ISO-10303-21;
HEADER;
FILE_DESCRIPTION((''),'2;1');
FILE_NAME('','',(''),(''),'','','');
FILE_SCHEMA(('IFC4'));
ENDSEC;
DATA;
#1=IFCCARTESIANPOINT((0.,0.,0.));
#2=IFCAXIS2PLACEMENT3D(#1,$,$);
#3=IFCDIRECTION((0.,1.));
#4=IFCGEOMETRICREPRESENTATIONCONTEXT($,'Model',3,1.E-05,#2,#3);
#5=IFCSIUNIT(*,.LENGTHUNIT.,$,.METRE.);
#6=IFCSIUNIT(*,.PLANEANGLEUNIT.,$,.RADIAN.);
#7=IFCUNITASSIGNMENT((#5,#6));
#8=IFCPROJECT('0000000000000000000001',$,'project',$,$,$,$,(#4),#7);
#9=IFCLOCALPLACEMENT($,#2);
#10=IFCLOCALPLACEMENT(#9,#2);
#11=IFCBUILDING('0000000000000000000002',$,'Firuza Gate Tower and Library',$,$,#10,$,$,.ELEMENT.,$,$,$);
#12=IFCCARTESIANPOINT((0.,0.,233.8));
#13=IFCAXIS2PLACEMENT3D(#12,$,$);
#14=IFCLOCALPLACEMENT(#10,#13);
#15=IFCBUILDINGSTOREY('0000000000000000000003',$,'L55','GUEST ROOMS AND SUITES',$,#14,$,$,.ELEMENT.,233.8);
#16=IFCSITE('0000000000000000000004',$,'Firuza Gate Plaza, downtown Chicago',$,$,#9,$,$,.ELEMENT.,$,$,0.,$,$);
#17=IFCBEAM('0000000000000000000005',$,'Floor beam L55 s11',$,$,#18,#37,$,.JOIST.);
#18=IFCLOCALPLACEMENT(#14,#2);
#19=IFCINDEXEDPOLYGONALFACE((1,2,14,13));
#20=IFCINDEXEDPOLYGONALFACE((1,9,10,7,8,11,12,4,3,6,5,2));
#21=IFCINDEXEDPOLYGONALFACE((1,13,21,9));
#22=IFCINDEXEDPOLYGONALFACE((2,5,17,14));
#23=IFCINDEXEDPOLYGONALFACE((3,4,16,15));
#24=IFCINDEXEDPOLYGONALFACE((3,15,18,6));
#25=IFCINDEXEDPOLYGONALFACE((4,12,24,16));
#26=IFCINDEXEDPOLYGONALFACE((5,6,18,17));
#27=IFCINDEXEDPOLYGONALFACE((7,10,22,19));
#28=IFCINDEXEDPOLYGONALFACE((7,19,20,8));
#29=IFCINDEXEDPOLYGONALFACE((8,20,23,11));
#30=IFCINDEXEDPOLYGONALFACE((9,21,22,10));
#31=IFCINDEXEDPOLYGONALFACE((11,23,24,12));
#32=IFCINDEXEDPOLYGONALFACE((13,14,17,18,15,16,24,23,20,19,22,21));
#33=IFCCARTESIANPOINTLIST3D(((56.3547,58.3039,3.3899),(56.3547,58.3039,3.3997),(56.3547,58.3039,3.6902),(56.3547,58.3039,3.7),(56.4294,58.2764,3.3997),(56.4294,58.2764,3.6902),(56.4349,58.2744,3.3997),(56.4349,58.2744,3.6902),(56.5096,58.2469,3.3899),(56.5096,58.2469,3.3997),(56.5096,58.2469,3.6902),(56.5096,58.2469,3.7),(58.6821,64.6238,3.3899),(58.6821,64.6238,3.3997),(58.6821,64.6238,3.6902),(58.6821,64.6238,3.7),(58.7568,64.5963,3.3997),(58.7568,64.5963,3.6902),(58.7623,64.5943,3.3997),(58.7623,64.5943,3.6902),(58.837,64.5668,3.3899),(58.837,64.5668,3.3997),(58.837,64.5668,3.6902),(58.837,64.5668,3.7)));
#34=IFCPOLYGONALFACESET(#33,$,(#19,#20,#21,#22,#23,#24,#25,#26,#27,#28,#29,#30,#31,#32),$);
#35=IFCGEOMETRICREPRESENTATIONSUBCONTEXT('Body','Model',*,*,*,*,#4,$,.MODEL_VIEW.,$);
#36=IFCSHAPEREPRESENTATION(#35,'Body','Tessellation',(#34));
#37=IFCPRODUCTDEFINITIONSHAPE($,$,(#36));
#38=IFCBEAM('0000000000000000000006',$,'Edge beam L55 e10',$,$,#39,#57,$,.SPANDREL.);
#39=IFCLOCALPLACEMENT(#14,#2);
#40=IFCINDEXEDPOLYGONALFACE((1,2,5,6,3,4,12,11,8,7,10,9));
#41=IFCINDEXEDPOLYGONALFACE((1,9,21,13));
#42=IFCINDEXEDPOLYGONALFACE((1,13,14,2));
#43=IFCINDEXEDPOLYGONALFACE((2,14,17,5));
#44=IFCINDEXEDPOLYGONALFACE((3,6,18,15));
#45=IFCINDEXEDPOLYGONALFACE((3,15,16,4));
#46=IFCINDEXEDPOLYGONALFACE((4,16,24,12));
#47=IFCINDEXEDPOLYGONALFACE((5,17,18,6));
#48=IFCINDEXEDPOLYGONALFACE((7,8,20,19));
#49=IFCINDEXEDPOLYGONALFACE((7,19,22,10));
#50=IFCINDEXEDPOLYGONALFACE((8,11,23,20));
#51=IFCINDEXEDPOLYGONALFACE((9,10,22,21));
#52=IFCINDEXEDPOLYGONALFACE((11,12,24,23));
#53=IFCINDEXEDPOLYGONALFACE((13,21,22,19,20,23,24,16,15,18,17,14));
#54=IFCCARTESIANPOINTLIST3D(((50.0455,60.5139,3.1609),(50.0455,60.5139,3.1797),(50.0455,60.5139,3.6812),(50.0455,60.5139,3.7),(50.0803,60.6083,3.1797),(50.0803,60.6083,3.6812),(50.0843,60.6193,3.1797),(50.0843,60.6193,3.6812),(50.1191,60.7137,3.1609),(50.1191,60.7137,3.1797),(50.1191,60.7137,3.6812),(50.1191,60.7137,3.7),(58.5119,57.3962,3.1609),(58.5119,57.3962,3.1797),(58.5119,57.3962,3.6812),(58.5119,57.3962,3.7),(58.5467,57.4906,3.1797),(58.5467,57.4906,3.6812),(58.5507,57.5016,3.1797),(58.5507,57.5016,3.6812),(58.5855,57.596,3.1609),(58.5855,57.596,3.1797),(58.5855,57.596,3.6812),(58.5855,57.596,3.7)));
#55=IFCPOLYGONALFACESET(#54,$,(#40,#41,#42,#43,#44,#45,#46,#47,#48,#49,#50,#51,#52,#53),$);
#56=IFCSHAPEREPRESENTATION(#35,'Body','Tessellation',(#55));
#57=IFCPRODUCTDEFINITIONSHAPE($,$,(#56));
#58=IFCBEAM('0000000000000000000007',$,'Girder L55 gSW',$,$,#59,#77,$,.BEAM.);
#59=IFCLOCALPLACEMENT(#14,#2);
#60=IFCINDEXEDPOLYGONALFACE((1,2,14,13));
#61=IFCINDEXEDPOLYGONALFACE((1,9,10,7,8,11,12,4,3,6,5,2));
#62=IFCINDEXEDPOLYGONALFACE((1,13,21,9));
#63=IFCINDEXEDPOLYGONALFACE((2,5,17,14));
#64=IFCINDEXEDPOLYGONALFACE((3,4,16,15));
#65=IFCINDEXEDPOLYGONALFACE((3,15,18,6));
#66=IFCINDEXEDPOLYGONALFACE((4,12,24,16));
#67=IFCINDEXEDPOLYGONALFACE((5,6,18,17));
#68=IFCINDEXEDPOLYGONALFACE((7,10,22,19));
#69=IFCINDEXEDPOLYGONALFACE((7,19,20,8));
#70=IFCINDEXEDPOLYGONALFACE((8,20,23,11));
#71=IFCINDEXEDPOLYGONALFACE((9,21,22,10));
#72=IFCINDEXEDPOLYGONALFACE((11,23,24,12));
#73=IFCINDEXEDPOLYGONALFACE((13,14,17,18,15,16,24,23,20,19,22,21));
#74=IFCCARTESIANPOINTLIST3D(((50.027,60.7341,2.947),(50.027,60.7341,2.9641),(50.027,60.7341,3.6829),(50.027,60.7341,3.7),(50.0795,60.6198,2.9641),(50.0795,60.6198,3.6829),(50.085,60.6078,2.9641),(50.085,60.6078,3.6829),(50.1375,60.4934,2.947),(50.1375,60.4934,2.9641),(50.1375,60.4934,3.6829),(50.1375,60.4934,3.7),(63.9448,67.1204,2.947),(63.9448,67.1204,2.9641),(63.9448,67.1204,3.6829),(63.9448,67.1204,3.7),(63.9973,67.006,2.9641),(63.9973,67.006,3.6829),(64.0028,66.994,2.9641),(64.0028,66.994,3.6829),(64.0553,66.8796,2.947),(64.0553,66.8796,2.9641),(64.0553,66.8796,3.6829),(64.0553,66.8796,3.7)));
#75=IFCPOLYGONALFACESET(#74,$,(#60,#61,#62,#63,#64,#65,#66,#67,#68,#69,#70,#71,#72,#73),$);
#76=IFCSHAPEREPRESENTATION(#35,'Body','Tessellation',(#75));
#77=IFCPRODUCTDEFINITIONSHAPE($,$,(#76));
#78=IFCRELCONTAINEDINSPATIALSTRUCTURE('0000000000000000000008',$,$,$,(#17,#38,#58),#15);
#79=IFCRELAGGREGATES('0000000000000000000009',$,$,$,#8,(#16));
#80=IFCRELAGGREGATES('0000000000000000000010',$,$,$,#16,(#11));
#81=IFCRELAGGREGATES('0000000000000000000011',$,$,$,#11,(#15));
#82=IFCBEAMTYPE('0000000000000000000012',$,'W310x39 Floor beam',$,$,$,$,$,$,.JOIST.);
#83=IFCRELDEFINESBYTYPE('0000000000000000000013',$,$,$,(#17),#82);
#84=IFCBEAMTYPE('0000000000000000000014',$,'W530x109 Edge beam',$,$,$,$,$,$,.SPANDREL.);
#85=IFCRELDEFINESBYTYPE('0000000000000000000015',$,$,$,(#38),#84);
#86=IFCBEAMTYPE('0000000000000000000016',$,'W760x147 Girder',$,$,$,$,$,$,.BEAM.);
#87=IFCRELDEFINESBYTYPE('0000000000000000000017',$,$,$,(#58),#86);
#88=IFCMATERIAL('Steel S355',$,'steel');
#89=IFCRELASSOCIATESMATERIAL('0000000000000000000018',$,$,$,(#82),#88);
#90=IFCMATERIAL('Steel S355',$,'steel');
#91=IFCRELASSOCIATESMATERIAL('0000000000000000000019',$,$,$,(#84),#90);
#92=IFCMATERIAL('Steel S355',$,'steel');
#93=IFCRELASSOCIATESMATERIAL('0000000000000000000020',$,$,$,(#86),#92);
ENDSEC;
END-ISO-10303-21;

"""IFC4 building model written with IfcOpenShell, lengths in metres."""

from ifc_helpers import new_model, si_unit, direction, frame, origin, origin_2d, place, context, subcontext, project, spatial, i_section, extrude, material, material_profile, profile_set, type_object, element, save


model = new_model("IFC4")

# Units and contexts
model_context = context("Model", 3, precision=1e-05, world=origin(), true_north=direction((0.0, 1.0)))
body_context = subcontext(model_context, "Body", "Model", "MODEL_VIEW")
ifc_project = project(units=[si_unit("LENGTHUNIT", "METRE"), si_unit("PLANEANGLEUNIT", "RADIAN")], contexts=[model_context])

# Site, building, storey
site_placement = place(None, origin())
site = spatial("IfcSite", under=ifc_project, at=site_placement, Name="Firuza Gate Plaza, downtown Chicago", CompositionType="ELEMENT", RefElevation=0.0)
building_placement = place(site_placement, origin())
building = spatial("IfcBuilding", under=site, at=building_placement, Name="Firuza Gate Tower and Library", CompositionType="ELEMENT")
storey_placement = place(building_placement, frame((0.0, 0.0, 233.8)))
storey = spatial("IfcBuildingStorey", under=building, at=storey_placement, Name="L55", Description="GUEST ROOMS AND SUITES", CompositionType="ELEMENT", Elevation=233.8)

# Beams
ifc_material_1 = material(Name="Steel S355", Category="steel")
ifc_material_profile_1 = material_profile(ifc_material_1, i_section(OverallWidth=0.165, OverallDepth=0.3101, WebThickness=0.0059, FlangeThickness=0.0098, at=origin_2d()))
ifc_profile_set_1 = profile_set([ifc_material_profile_1], Name="Steel S355")
beam_type_1 = type_object("IfcBeamType", Name="W310x39 Floor beam", PredefinedType="JOIST", material=ifc_profile_set_1)
beam_1_placement = place(storey_placement, frame((56.4321, 58.2754, 3.5449), z_axis=(0.345579, 0.93839, 0.0), x_axis=(-0.93839, 0.345579, 0.0)))
element("IfcBeam", 1, at=beam_1_placement, inside=storey, type_object=beam_type_1, Name="Floor beam L55 s11", PredefinedType="JOIST", context=body_context, shape_type="SweptSolid", body=[
    extrude(i_section(OverallWidth=0.165, OverallDepth=0.3101, WebThickness=0.0059, FlangeThickness=0.0098, at=origin_2d()), origin(), (0.0, 0.0, 1.0), 6.7349),
])
ifc_material_2 = material(Name="Steel S355", Category="steel")
ifc_material_profile_2 = material_profile(ifc_material_2, i_section(OverallWidth=0.2129, OverallDepth=0.5391, WebThickness=0.0117, FlangeThickness=0.0188, at=origin_2d()))
ifc_profile_set_2 = profile_set([ifc_material_profile_2], Name="Steel S355")
beam_type_2 = type_object("IfcBeamType", Name="W530x109 Edge beam", PredefinedType="SPANDREL", material=ifc_profile_set_2)
beam_2_placement = place(storey_placement, frame((50.0823, 60.6138, 3.4304), z_axis=(0.9384, -0.345551, 0.0), x_axis=(0.345551, 0.9384, 0.0)))
element("IfcBeam", 2, at=beam_2_placement, inside=storey, type_object=beam_type_2, Name="Edge beam L55 e10", PredefinedType="SPANDREL", context=body_context, shape_type="SweptSolid", body=[
    extrude(i_section(OverallWidth=0.2129, OverallDepth=0.5391, WebThickness=0.0117, FlangeThickness=0.0188, at=origin_2d()), origin(), (0.0, 0.0, 1.0), 9.0222),
])
ifc_material_3 = material(Name="Steel S355", Category="steel")
ifc_material_profile_3 = material_profile(ifc_material_3, i_section(OverallWidth=0.2649, OverallDepth=0.7529, WebThickness=0.0132, FlangeThickness=0.0171, at=origin_2d()))
ifc_profile_set_3 = profile_set([ifc_material_profile_3], Name="Steel S355")
beam_type_3 = type_object("IfcBeamType", Name="W760x147 Girder", PredefinedType="BEAM", material=ifc_profile_set_3)
beam_3_placement = place(storey_placement, frame((50.0823, 60.6138, 3.3235), z_axis=(0.908885, 0.417047, 0.0), x_axis=(-0.417047, 0.908885, 0.0)))
element("IfcBeam", 3, at=beam_3_placement, inside=storey, type_object=beam_type_3, Name="Girder L55 gSW", PredefinedType="BEAM", context=body_context, shape_type="SweptSolid", body=[
    extrude(i_section(OverallWidth=0.2649, OverallDepth=0.7529, WebThickness=0.0132, FlangeThickness=0.0171, at=origin_2d()), origin(), (0.0, 0.0, 1.0), 15.313),
])

save(model, "model.ifc")
